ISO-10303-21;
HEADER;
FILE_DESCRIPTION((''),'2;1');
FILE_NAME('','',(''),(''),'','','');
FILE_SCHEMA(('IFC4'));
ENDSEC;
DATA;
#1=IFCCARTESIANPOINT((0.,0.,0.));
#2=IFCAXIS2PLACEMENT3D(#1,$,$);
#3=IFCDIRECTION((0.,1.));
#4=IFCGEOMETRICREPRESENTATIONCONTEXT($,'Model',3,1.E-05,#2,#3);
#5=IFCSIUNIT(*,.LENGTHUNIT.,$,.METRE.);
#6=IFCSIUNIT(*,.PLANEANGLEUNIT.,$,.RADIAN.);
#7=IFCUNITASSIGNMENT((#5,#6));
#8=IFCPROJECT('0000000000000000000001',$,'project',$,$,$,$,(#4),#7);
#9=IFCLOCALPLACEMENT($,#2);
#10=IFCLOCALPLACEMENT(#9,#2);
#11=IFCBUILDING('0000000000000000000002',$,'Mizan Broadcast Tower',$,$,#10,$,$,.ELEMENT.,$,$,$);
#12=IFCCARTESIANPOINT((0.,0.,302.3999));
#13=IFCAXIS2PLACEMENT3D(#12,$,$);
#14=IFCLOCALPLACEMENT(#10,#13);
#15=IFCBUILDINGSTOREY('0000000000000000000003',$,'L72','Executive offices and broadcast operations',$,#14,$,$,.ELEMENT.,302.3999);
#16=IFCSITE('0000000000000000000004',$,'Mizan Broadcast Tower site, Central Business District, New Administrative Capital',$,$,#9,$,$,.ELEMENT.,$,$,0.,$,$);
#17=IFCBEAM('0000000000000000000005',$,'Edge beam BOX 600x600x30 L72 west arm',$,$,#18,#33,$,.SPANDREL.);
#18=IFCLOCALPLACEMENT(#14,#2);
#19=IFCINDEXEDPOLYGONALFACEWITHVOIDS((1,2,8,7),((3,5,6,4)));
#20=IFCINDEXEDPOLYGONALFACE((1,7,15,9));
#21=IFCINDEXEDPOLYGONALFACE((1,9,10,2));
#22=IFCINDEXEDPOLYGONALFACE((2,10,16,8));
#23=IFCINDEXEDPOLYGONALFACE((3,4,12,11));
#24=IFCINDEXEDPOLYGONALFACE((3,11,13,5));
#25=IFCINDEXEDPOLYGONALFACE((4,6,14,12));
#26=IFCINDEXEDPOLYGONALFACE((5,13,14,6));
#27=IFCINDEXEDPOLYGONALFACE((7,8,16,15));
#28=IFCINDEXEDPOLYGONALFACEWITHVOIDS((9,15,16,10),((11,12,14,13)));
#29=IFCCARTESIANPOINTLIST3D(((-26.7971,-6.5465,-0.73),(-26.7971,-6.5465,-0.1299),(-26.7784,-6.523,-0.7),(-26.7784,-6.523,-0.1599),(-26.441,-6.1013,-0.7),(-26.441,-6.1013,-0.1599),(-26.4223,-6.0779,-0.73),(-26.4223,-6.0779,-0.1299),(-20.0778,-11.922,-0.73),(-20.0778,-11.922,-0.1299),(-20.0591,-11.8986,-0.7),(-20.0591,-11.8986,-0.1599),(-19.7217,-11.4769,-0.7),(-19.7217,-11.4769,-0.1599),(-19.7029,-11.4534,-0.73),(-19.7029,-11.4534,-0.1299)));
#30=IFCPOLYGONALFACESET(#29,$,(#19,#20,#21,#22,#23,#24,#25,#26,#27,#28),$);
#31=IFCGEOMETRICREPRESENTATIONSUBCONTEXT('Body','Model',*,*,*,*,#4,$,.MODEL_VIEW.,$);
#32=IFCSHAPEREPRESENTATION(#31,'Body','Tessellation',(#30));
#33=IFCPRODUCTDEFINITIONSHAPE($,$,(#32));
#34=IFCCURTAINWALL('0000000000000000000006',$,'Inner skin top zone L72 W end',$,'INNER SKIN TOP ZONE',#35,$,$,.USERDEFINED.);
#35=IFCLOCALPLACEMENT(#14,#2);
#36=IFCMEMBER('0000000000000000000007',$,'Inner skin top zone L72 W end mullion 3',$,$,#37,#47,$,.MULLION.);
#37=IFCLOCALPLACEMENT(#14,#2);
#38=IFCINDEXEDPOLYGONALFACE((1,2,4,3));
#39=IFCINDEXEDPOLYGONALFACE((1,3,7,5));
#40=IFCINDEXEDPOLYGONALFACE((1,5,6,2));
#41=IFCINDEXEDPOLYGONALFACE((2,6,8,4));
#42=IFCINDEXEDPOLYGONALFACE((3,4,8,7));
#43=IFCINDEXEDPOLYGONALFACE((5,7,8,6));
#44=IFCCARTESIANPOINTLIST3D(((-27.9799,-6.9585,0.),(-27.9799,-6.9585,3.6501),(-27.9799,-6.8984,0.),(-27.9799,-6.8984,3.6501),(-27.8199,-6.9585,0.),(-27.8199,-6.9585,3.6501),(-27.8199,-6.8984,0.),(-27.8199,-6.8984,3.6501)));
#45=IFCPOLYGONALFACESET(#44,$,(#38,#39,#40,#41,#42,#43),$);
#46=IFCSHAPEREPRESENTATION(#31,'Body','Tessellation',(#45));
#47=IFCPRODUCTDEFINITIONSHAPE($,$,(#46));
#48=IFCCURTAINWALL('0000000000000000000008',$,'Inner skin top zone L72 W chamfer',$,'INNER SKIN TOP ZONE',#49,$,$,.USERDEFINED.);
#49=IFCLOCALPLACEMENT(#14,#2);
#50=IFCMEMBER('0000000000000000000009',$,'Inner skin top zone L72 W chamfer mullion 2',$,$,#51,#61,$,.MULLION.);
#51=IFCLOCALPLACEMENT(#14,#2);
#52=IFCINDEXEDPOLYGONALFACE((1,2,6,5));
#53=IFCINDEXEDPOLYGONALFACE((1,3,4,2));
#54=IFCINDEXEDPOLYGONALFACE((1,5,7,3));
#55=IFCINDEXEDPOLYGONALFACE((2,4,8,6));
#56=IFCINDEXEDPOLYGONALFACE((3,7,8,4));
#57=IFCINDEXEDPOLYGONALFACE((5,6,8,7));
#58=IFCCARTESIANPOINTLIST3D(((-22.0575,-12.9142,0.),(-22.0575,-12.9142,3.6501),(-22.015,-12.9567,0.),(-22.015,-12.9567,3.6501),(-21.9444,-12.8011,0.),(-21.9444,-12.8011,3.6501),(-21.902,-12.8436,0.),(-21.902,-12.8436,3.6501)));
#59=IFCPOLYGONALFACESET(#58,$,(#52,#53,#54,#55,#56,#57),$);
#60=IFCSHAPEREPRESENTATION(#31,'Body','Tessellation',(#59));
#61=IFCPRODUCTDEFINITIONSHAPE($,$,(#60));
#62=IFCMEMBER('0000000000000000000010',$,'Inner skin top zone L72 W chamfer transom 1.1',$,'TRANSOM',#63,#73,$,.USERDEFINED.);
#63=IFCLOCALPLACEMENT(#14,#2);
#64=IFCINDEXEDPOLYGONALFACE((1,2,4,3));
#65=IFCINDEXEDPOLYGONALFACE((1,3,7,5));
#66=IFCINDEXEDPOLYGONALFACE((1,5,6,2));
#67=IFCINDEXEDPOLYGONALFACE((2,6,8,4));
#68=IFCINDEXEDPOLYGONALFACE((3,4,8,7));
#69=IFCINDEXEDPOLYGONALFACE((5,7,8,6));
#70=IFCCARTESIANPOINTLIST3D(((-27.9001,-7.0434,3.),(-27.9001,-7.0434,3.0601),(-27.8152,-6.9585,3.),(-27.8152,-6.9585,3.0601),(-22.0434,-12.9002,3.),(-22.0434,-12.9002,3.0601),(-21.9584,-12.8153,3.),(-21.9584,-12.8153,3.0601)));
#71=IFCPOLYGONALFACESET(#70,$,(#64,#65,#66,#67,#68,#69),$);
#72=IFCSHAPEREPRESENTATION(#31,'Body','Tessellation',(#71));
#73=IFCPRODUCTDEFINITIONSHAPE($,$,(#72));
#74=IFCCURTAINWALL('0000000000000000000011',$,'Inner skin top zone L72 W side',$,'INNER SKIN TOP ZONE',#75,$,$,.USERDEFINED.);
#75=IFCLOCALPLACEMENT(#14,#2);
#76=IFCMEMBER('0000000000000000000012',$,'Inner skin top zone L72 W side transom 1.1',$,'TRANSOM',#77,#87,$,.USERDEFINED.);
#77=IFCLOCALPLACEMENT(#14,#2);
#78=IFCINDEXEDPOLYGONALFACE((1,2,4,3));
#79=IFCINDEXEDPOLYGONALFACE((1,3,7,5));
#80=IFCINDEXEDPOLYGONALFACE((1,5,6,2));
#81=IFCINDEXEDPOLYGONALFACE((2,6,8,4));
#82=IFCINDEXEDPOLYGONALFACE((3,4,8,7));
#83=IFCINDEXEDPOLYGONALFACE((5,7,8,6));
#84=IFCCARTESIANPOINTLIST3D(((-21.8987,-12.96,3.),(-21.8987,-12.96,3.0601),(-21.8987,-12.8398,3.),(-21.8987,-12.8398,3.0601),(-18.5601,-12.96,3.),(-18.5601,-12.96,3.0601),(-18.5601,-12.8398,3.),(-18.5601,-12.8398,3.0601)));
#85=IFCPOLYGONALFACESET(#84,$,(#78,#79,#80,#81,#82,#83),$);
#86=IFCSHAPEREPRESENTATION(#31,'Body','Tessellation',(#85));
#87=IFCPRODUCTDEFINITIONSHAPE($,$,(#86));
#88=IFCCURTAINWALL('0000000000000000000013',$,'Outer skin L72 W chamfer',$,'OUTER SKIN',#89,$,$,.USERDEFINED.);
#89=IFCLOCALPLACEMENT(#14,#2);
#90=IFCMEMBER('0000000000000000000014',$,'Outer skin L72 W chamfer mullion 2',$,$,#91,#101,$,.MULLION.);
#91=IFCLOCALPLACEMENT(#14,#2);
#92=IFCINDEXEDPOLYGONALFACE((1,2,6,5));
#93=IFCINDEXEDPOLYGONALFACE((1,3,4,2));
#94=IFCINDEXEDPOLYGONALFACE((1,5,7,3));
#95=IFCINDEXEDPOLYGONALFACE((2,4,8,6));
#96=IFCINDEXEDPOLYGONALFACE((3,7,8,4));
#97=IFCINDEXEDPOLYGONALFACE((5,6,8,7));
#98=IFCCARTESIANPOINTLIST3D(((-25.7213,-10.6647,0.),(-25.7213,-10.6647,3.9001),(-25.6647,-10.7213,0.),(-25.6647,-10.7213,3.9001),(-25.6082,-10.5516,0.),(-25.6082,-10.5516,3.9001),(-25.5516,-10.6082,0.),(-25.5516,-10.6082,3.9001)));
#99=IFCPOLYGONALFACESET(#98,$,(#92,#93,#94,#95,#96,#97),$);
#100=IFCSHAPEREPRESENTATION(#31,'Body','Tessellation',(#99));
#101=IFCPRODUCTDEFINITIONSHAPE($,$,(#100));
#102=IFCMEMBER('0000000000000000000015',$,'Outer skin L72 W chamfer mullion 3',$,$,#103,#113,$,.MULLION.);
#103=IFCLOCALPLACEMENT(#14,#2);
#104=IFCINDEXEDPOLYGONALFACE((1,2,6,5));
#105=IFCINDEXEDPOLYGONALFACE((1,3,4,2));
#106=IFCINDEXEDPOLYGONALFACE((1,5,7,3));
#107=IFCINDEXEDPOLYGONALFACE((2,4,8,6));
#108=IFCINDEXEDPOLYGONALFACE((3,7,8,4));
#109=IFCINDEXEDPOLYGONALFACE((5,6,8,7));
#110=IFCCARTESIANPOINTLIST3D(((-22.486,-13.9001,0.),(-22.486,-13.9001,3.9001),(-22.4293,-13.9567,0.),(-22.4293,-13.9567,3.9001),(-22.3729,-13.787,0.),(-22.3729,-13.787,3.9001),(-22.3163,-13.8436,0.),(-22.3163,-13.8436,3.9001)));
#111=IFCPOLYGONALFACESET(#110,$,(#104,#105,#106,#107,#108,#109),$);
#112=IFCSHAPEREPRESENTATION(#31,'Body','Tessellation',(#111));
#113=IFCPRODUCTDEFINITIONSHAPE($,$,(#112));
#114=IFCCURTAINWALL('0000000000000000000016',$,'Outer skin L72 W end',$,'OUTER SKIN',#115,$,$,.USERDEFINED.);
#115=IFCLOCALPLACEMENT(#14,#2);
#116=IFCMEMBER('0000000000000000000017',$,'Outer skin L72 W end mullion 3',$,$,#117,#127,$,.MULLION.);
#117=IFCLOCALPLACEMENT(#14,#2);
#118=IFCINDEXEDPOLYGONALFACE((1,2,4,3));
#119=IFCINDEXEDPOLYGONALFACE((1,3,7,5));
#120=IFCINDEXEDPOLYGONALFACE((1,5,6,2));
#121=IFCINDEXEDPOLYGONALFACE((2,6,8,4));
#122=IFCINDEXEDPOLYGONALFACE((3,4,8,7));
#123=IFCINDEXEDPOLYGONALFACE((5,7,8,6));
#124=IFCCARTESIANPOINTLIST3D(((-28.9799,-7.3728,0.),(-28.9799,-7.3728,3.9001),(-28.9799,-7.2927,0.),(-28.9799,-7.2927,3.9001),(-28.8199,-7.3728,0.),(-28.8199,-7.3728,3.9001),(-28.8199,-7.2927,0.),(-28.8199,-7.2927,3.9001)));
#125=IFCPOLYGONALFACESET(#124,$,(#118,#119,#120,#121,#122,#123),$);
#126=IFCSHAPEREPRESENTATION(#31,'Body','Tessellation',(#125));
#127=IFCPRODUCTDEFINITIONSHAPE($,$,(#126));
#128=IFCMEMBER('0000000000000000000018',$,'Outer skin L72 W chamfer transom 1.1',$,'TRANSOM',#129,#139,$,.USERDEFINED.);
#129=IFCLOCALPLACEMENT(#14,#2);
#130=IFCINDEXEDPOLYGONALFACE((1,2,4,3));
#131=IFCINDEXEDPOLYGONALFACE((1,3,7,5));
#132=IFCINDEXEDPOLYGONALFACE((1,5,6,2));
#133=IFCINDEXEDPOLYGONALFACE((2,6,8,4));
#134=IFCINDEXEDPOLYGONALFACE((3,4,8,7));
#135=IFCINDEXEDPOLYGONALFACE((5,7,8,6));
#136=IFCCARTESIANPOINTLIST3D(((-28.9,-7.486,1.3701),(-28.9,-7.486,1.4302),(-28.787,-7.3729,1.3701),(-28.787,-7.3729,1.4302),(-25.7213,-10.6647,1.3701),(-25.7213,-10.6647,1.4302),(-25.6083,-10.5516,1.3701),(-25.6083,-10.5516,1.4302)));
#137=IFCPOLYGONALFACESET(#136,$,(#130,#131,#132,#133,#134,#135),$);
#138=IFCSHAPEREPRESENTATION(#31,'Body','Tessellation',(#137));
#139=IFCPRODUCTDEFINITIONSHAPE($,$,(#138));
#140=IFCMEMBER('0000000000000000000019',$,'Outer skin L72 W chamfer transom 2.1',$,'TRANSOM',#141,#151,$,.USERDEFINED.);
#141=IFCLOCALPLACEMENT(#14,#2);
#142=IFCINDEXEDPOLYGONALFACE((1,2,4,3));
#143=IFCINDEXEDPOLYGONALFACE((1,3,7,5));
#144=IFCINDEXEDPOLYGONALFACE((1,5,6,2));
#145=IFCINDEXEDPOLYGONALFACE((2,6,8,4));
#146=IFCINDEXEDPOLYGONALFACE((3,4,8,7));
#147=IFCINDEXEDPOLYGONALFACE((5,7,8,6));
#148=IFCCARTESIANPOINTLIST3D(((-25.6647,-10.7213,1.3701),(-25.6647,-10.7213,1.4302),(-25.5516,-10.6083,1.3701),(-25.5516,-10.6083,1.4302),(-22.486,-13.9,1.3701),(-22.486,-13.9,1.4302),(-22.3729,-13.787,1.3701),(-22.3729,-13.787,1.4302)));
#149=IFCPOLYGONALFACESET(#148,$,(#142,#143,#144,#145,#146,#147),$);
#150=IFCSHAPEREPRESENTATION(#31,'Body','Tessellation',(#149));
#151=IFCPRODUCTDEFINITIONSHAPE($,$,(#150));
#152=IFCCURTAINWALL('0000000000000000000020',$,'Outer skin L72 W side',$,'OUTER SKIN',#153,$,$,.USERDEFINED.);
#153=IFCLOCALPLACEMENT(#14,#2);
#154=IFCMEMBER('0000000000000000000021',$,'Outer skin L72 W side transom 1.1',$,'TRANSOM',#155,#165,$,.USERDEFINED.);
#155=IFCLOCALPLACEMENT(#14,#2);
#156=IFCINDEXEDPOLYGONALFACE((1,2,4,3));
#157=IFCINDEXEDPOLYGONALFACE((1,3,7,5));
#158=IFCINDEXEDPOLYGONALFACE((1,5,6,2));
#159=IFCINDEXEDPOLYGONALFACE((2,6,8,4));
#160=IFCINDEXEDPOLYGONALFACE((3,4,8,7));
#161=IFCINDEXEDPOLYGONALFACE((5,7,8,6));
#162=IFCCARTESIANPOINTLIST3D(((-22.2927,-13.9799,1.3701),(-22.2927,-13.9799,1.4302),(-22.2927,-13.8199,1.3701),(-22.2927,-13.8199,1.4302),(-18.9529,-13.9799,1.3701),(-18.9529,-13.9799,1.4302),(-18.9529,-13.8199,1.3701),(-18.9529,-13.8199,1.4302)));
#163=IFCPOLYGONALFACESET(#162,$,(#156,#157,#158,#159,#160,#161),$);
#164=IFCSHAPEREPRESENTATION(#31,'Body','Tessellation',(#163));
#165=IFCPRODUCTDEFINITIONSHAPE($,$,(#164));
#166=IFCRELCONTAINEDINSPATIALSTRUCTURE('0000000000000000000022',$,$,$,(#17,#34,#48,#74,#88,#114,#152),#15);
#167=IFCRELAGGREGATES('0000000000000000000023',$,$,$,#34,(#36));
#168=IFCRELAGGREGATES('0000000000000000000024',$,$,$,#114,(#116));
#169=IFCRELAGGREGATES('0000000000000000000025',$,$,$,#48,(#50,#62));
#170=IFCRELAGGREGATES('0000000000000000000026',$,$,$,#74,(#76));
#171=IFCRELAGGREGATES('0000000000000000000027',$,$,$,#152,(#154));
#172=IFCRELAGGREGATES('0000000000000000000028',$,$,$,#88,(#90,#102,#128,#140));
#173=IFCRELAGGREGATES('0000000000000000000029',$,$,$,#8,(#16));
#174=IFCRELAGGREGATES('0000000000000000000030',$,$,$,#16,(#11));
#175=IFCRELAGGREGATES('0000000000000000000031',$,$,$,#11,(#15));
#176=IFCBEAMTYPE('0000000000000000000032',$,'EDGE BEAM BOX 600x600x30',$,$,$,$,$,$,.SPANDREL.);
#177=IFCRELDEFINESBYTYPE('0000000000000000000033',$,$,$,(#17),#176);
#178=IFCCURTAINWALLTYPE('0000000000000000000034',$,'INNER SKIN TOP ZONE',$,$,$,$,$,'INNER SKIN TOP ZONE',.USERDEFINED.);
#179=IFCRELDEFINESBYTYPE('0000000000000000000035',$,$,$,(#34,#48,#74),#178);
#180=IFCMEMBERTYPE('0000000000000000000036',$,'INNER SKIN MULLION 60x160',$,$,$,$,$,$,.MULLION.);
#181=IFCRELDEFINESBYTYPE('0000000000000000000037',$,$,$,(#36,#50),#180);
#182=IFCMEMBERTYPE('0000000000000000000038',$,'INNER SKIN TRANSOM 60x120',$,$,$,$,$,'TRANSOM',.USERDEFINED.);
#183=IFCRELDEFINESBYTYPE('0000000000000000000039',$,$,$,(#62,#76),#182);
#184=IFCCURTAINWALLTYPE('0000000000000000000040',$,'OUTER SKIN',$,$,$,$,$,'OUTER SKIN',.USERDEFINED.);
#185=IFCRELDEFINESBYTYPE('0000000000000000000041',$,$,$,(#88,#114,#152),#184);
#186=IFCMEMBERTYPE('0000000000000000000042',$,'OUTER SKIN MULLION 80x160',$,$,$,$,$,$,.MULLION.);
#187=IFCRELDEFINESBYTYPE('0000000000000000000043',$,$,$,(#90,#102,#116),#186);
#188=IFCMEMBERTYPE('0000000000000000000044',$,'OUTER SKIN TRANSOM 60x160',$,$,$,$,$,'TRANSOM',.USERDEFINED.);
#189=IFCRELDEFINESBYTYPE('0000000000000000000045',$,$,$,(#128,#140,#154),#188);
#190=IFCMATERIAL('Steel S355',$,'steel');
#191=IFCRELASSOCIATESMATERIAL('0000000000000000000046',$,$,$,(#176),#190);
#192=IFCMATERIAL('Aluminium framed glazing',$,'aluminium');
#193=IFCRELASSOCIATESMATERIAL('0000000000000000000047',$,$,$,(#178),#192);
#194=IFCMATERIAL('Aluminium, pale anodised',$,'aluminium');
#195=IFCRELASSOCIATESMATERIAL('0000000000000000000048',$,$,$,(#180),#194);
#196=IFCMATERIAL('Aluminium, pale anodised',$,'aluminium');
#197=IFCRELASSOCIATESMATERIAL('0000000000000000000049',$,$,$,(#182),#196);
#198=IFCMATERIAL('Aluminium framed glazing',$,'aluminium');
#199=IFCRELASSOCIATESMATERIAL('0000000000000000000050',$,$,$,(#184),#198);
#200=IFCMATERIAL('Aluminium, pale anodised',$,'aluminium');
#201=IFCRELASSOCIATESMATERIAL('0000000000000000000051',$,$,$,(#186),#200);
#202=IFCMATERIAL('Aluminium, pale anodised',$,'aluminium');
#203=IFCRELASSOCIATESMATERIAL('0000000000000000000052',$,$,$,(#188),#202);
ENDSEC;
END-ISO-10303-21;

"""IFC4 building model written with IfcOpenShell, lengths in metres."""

from ifc_helpers import new_model, si_unit, direction, frame, origin, origin_2d, place, context, subcontext, project, spatial, rectangle, hollow_rectangle, extrude, material, material_profile, profile_set, type_object, element, aggregate, save


model = new_model("IFC4")

# Units and contexts
model_context = context("Model", 3, precision=1e-05, world=origin(), true_north=direction((0.0, 1.0)))
body_context = subcontext(model_context, "Body", "Model", "MODEL_VIEW")
ifc_project = project(units=[si_unit("LENGTHUNIT", "METRE"), si_unit("PLANEANGLEUNIT", "RADIAN")], contexts=[model_context])

# Site, building, storey
site_placement = place(None, origin())
site = spatial("IfcSite", under=ifc_project, at=site_placement, Name="Mizan Broadcast Tower site, Central Business District, New Administrative Capital", CompositionType="ELEMENT", RefElevation=0.0)
building_placement = place(site_placement, origin())
building = spatial("IfcBuilding", under=site, at=building_placement, Name="Mizan Broadcast Tower", CompositionType="ELEMENT")
storey_placement = place(building_placement, frame((0.0, 0.0, 302.3999)))
storey = spatial("IfcBuildingStorey", under=building, at=storey_placement, Name="L72", Description="Executive offices and broadcast operations", CompositionType="ELEMENT", Elevation=302.3999)

# Beam
ifc_material_1 = material(Name="Steel S355", Category="steel")
ifc_material_profile_1 = material_profile(ifc_material_1, hollow_rectangle(XDim=0.6001, YDim=0.6001, WallThickness=0.03, at=origin_2d()), Name="BOX 600x600x30")
ifc_profile_set_1 = profile_set([ifc_material_profile_1], Name="Steel S355")
beam_type_1 = type_object("IfcBeamType", Name="EDGE BEAM BOX 600x600x30", PredefinedType="SPANDREL", material=ifc_profile_set_1)
beam_1_placement = place(storey_placement, frame((-19.8904, -11.6877, -0.4299), z_axis=(-0.780863, 0.624702, 0.0), x_axis=(-0.624702, -0.780863, 0.0)))
element("IfcBeam", 1, at=beam_1_placement, inside=storey, type_object=beam_type_1, Name="Edge beam BOX 600x600x30 L72 west arm", PredefinedType="SPANDREL", context=body_context, shape_type="SweptSolid", body=[
    extrude(hollow_rectangle(XDim=0.6001, YDim=0.6001, WallThickness=0.03, at=origin_2d()), origin(), (0.0, 0.0, 1.0), 8.605),
])

# Curtain wall, member
ifc_material_2 = material(Name="Aluminium framed glazing", Category="aluminium")
curtain_wall_type_1 = type_object("IfcCurtainWallType", Name="INNER SKIN TOP ZONE", ElementType="INNER SKIN TOP ZONE", PredefinedType="USERDEFINED", material=ifc_material_2)
curtain_wall_1_placement = place(storey_placement, origin())
curtain_wall_1 = element("IfcCurtainWall", 2, at=curtain_wall_1_placement, inside=storey, type_object=curtain_wall_type_1, Name="Inner skin top zone L72 W end", ObjectType="INNER SKIN TOP ZONE", PredefinedType="USERDEFINED")
ifc_material_3 = material(Name="Aluminium, pale anodised", Category="aluminium")
ifc_material_profile_2 = material_profile(ifc_material_3, rectangle(XDim=0.1599, YDim=0.0601, at=origin_2d()), Name="MULLION 160x60")
ifc_profile_set_2 = profile_set([ifc_material_profile_2], Name="Aluminium, pale anodised")
member_type_1 = type_object("IfcMemberType", Name="INNER SKIN MULLION 60x160", PredefinedType="MULLION", material=ifc_profile_set_2)
member_1_placement = place(storey_placement, frame((-27.8999, -6.9285, 0.0), z_axis=(0.0, 0.0, 1.0), x_axis=(1.0, 0.0, 0.0)))
member_1 = element("IfcMember", 3, at=member_1_placement, type_object=member_type_1, Name="Inner skin top zone L72 W end mullion 3", PredefinedType="MULLION", context=body_context, shape_type="SweptSolid", body=[
    extrude(rectangle(XDim=0.1599, YDim=0.0601, at=origin_2d()), origin(), (0.0, 0.0, 1.0), 3.6501),
])
aggregate(curtain_wall_1, [member_1])

# Curtain wall, members
curtain_wall_2_placement = place(storey_placement, origin())
curtain_wall_2 = element("IfcCurtainWall", 4, at=curtain_wall_2_placement, inside=storey, type_object=curtain_wall_type_1, Name="Inner skin top zone L72 W chamfer", ObjectType="INNER SKIN TOP ZONE", PredefinedType="USERDEFINED")
member_2_placement = place(storey_placement, frame((-21.9797, -12.8789, 0.0), z_axis=(0.0, 0.0, 1.0), x_axis=(0.707107, 0.707107, 0.0)))
member_2 = element("IfcMember", 5, at=member_2_placement, type_object=member_type_1, Name="Inner skin top zone L72 W chamfer mullion 2", PredefinedType="MULLION", context=body_context, shape_type="SweptSolid", body=[
    extrude(rectangle(XDim=0.1599, YDim=0.0601, at=origin_2d()), origin(), (0.0, 0.0, 1.0), 3.6501),
])
ifc_material_4 = material(Name="Aluminium, pale anodised", Category="aluminium")
ifc_material_profile_3 = material_profile(ifc_material_4, rectangle(XDim=0.1201, YDim=0.0601, at=origin_2d()), Name="TRANSOM 120x60")
ifc_profile_set_3 = profile_set([ifc_material_profile_3], Name="Aluminium, pale anodised")
member_type_2 = type_object("IfcMemberType", Name="INNER SKIN TRANSOM 60x120", ElementType="TRANSOM", PredefinedType="USERDEFINED", material=ifc_profile_set_3)
member_3_placement = place(storey_placement, frame((-27.8577, -7.001, 3.03), z_axis=(0.707107, -0.707107, 0.0), x_axis=(0.707107, 0.707107, 0.0)))
member_3 = element("IfcMember", 6, at=member_3_placement, type_object=member_type_2, Name="Inner skin top zone L72 W chamfer transom 1.1", ObjectType="TRANSOM", PredefinedType="USERDEFINED", context=body_context, shape_type="SweptSolid", body=[
    extrude(rectangle(XDim=0.1201, YDim=0.0601, at=origin_2d()), origin(), (0.0, 0.0, 1.0), 8.2827),
])

# Curtain wall, member
curtain_wall_3_placement = place(storey_placement, origin())
curtain_wall_3 = element("IfcCurtainWall", 7, at=curtain_wall_3_placement, inside=storey, type_object=curtain_wall_type_1, Name="Inner skin top zone L72 W side", ObjectType="INNER SKIN TOP ZONE", PredefinedType="USERDEFINED")
member_4_placement = place(storey_placement, frame((-21.8987, -12.8999, 3.03), z_axis=(1.0, 0.0, 0.0), x_axis=(0.0, 1.0, 0.0)))
member_4 = element("IfcMember", 8, at=member_4_placement, type_object=member_type_2, Name="Inner skin top zone L72 W side transom 1.1", ObjectType="TRANSOM", PredefinedType="USERDEFINED", context=body_context, shape_type="SweptSolid", body=[
    extrude(rectangle(XDim=0.1201, YDim=0.0601, at=origin_2d()), origin(), (0.0, 0.0, 1.0), 3.3386),
])

# Curtain wall, members
ifc_material_5 = material(Name="Aluminium framed glazing", Category="aluminium")
curtain_wall_type_2 = type_object("IfcCurtainWallType", Name="OUTER SKIN", ElementType="OUTER SKIN", PredefinedType="USERDEFINED", material=ifc_material_5)
curtain_wall_4_placement = place(storey_placement, origin())
curtain_wall_4 = element("IfcCurtainWall", 9, at=curtain_wall_4_placement, inside=storey, type_object=curtain_wall_type_2, Name="Outer skin L72 W chamfer", ObjectType="OUTER SKIN", PredefinedType="USERDEFINED")
ifc_material_6 = material(Name="Aluminium, pale anodised", Category="aluminium")
ifc_material_profile_4 = material_profile(ifc_material_6, rectangle(XDim=0.1599, YDim=0.0801, at=origin_2d()), Name="MULLION 160x80")
ifc_profile_set_4 = profile_set([ifc_material_profile_4], Name="Aluminium, pale anodised")
member_type_3 = type_object("IfcMemberType", Name="OUTER SKIN MULLION 80x160", PredefinedType="MULLION", material=ifc_profile_set_4)
member_5_placement = place(storey_placement, frame((-25.6365, -10.6365, 0.0), z_axis=(0.0, 0.0, 1.0), x_axis=(0.707107, 0.707107, 0.0)))
member_5 = element("IfcMember", 10, at=member_5_placement, type_object=member_type_3, Name="Outer skin L72 W chamfer mullion 2", PredefinedType="MULLION", context=body_context, shape_type="SweptSolid", body=[
    extrude(rectangle(XDim=0.1599, YDim=0.0801, at=origin_2d()), origin(), (0.0, 0.0, 1.0), 3.9001),
])
member_6_placement = place(storey_placement, frame((-22.4011, -13.8718, 0.0), z_axis=(0.0, 0.0, 1.0), x_axis=(0.707107, 0.707107, 0.0)))
member_6 = element("IfcMember", 11, at=member_6_placement, type_object=member_type_3, Name="Outer skin L72 W chamfer mullion 3", PredefinedType="MULLION", context=body_context, shape_type="SweptSolid", body=[
    extrude(rectangle(XDim=0.1599, YDim=0.0801, at=origin_2d()), origin(), (0.0, 0.0, 1.0), 3.9001),
])

# Curtain wall, member
curtain_wall_5_placement = place(storey_placement, origin())
curtain_wall_5 = element("IfcCurtainWall", 12, at=curtain_wall_5_placement, inside=storey, type_object=curtain_wall_type_2, Name="Outer skin L72 W end", ObjectType="OUTER SKIN", PredefinedType="USERDEFINED")
member_7_placement = place(storey_placement, frame((-28.8999, -7.3328, 0.0), z_axis=(0.0, 0.0, 1.0), x_axis=(1.0, 0.0, 0.0)))
member_7 = element("IfcMember", 13, at=member_7_placement, type_object=member_type_3, Name="Outer skin L72 W end mullion 3", PredefinedType="MULLION", context=body_context, shape_type="SweptSolid", body=[
    extrude(rectangle(XDim=0.1599, YDim=0.0801, at=origin_2d()), origin(), (0.0, 0.0, 1.0), 3.9001),
])
aggregate(curtain_wall_5, [member_7])

# Members
ifc_material_7 = material(Name="Aluminium, pale anodised", Category="aluminium")
ifc_material_profile_5 = material_profile(ifc_material_7, rectangle(XDim=0.1599, YDim=0.0601, at=origin_2d()), Name="TRANSOM 160x60")
ifc_profile_set_5 = profile_set([ifc_material_profile_5], Name="Aluminium, pale anodised")
member_type_4 = type_object("IfcMemberType", Name="OUTER SKIN TRANSOM 60x160", ElementType="TRANSOM", PredefinedType="USERDEFINED", material=ifc_profile_set_5)
member_8_placement = place(storey_placement, frame((-28.8435, -7.4294, 1.4001), z_axis=(0.707107, -0.707107, 0.0), x_axis=(0.707107, 0.707107, 0.0)))
member_8 = element("IfcMember", 14, at=member_8_placement, type_object=member_type_4, Name="Outer skin L72 W chamfer transom 1.1", ObjectType="TRANSOM", PredefinedType="USERDEFINED", context=body_context, shape_type="SweptSolid", body=[
    extrude(rectangle(XDim=0.1599, YDim=0.0601, at=origin_2d()), origin(), (0.0, 0.0, 1.0), 4.4954),
])
member_9_placement = place(storey_placement, frame((-25.6082, -10.6648, 1.4001), z_axis=(0.707107, -0.707107, 0.0), x_axis=(0.707107, 0.707107, 0.0)))
member_9 = element("IfcMember", 15, at=member_9_placement, type_object=member_type_4, Name="Outer skin L72 W chamfer transom 2.1", ObjectType="TRANSOM", PredefinedType="USERDEFINED", context=body_context, shape_type="SweptSolid", body=[
    extrude(rectangle(XDim=0.1599, YDim=0.0601, at=origin_2d()), origin(), (0.0, 0.0, 1.0), 4.4954),
])

# Curtain wall, member
curtain_wall_6_placement = place(storey_placement, origin())
curtain_wall_6 = element("IfcCurtainWall", 16, at=curtain_wall_6_placement, inside=storey, type_object=curtain_wall_type_2, Name="Outer skin L72 W side", ObjectType="OUTER SKIN", PredefinedType="USERDEFINED")
member_10_placement = place(storey_placement, frame((-22.2927, -13.8999, 1.4001), z_axis=(1.0, 0.0, 0.0), x_axis=(0.0, 1.0, 0.0)))
member_10 = element("IfcMember", 17, at=member_10_placement, type_object=member_type_4, Name="Outer skin L72 W side transom 1.1", ObjectType="TRANSOM", PredefinedType="USERDEFINED", context=body_context, shape_type="SweptSolid", body=[
    extrude(rectangle(XDim=0.1599, YDim=0.0601, at=origin_2d()), origin(), (0.0, 0.0, 1.0), 3.3398),
])

aggregate(curtain_wall_2, [member_2, member_3])
aggregate(curtain_wall_3, [member_4])
aggregate(curtain_wall_6, [member_10])
aggregate(curtain_wall_4, [member_5, member_6, member_8, member_9])

save(model, "model.ifc")
